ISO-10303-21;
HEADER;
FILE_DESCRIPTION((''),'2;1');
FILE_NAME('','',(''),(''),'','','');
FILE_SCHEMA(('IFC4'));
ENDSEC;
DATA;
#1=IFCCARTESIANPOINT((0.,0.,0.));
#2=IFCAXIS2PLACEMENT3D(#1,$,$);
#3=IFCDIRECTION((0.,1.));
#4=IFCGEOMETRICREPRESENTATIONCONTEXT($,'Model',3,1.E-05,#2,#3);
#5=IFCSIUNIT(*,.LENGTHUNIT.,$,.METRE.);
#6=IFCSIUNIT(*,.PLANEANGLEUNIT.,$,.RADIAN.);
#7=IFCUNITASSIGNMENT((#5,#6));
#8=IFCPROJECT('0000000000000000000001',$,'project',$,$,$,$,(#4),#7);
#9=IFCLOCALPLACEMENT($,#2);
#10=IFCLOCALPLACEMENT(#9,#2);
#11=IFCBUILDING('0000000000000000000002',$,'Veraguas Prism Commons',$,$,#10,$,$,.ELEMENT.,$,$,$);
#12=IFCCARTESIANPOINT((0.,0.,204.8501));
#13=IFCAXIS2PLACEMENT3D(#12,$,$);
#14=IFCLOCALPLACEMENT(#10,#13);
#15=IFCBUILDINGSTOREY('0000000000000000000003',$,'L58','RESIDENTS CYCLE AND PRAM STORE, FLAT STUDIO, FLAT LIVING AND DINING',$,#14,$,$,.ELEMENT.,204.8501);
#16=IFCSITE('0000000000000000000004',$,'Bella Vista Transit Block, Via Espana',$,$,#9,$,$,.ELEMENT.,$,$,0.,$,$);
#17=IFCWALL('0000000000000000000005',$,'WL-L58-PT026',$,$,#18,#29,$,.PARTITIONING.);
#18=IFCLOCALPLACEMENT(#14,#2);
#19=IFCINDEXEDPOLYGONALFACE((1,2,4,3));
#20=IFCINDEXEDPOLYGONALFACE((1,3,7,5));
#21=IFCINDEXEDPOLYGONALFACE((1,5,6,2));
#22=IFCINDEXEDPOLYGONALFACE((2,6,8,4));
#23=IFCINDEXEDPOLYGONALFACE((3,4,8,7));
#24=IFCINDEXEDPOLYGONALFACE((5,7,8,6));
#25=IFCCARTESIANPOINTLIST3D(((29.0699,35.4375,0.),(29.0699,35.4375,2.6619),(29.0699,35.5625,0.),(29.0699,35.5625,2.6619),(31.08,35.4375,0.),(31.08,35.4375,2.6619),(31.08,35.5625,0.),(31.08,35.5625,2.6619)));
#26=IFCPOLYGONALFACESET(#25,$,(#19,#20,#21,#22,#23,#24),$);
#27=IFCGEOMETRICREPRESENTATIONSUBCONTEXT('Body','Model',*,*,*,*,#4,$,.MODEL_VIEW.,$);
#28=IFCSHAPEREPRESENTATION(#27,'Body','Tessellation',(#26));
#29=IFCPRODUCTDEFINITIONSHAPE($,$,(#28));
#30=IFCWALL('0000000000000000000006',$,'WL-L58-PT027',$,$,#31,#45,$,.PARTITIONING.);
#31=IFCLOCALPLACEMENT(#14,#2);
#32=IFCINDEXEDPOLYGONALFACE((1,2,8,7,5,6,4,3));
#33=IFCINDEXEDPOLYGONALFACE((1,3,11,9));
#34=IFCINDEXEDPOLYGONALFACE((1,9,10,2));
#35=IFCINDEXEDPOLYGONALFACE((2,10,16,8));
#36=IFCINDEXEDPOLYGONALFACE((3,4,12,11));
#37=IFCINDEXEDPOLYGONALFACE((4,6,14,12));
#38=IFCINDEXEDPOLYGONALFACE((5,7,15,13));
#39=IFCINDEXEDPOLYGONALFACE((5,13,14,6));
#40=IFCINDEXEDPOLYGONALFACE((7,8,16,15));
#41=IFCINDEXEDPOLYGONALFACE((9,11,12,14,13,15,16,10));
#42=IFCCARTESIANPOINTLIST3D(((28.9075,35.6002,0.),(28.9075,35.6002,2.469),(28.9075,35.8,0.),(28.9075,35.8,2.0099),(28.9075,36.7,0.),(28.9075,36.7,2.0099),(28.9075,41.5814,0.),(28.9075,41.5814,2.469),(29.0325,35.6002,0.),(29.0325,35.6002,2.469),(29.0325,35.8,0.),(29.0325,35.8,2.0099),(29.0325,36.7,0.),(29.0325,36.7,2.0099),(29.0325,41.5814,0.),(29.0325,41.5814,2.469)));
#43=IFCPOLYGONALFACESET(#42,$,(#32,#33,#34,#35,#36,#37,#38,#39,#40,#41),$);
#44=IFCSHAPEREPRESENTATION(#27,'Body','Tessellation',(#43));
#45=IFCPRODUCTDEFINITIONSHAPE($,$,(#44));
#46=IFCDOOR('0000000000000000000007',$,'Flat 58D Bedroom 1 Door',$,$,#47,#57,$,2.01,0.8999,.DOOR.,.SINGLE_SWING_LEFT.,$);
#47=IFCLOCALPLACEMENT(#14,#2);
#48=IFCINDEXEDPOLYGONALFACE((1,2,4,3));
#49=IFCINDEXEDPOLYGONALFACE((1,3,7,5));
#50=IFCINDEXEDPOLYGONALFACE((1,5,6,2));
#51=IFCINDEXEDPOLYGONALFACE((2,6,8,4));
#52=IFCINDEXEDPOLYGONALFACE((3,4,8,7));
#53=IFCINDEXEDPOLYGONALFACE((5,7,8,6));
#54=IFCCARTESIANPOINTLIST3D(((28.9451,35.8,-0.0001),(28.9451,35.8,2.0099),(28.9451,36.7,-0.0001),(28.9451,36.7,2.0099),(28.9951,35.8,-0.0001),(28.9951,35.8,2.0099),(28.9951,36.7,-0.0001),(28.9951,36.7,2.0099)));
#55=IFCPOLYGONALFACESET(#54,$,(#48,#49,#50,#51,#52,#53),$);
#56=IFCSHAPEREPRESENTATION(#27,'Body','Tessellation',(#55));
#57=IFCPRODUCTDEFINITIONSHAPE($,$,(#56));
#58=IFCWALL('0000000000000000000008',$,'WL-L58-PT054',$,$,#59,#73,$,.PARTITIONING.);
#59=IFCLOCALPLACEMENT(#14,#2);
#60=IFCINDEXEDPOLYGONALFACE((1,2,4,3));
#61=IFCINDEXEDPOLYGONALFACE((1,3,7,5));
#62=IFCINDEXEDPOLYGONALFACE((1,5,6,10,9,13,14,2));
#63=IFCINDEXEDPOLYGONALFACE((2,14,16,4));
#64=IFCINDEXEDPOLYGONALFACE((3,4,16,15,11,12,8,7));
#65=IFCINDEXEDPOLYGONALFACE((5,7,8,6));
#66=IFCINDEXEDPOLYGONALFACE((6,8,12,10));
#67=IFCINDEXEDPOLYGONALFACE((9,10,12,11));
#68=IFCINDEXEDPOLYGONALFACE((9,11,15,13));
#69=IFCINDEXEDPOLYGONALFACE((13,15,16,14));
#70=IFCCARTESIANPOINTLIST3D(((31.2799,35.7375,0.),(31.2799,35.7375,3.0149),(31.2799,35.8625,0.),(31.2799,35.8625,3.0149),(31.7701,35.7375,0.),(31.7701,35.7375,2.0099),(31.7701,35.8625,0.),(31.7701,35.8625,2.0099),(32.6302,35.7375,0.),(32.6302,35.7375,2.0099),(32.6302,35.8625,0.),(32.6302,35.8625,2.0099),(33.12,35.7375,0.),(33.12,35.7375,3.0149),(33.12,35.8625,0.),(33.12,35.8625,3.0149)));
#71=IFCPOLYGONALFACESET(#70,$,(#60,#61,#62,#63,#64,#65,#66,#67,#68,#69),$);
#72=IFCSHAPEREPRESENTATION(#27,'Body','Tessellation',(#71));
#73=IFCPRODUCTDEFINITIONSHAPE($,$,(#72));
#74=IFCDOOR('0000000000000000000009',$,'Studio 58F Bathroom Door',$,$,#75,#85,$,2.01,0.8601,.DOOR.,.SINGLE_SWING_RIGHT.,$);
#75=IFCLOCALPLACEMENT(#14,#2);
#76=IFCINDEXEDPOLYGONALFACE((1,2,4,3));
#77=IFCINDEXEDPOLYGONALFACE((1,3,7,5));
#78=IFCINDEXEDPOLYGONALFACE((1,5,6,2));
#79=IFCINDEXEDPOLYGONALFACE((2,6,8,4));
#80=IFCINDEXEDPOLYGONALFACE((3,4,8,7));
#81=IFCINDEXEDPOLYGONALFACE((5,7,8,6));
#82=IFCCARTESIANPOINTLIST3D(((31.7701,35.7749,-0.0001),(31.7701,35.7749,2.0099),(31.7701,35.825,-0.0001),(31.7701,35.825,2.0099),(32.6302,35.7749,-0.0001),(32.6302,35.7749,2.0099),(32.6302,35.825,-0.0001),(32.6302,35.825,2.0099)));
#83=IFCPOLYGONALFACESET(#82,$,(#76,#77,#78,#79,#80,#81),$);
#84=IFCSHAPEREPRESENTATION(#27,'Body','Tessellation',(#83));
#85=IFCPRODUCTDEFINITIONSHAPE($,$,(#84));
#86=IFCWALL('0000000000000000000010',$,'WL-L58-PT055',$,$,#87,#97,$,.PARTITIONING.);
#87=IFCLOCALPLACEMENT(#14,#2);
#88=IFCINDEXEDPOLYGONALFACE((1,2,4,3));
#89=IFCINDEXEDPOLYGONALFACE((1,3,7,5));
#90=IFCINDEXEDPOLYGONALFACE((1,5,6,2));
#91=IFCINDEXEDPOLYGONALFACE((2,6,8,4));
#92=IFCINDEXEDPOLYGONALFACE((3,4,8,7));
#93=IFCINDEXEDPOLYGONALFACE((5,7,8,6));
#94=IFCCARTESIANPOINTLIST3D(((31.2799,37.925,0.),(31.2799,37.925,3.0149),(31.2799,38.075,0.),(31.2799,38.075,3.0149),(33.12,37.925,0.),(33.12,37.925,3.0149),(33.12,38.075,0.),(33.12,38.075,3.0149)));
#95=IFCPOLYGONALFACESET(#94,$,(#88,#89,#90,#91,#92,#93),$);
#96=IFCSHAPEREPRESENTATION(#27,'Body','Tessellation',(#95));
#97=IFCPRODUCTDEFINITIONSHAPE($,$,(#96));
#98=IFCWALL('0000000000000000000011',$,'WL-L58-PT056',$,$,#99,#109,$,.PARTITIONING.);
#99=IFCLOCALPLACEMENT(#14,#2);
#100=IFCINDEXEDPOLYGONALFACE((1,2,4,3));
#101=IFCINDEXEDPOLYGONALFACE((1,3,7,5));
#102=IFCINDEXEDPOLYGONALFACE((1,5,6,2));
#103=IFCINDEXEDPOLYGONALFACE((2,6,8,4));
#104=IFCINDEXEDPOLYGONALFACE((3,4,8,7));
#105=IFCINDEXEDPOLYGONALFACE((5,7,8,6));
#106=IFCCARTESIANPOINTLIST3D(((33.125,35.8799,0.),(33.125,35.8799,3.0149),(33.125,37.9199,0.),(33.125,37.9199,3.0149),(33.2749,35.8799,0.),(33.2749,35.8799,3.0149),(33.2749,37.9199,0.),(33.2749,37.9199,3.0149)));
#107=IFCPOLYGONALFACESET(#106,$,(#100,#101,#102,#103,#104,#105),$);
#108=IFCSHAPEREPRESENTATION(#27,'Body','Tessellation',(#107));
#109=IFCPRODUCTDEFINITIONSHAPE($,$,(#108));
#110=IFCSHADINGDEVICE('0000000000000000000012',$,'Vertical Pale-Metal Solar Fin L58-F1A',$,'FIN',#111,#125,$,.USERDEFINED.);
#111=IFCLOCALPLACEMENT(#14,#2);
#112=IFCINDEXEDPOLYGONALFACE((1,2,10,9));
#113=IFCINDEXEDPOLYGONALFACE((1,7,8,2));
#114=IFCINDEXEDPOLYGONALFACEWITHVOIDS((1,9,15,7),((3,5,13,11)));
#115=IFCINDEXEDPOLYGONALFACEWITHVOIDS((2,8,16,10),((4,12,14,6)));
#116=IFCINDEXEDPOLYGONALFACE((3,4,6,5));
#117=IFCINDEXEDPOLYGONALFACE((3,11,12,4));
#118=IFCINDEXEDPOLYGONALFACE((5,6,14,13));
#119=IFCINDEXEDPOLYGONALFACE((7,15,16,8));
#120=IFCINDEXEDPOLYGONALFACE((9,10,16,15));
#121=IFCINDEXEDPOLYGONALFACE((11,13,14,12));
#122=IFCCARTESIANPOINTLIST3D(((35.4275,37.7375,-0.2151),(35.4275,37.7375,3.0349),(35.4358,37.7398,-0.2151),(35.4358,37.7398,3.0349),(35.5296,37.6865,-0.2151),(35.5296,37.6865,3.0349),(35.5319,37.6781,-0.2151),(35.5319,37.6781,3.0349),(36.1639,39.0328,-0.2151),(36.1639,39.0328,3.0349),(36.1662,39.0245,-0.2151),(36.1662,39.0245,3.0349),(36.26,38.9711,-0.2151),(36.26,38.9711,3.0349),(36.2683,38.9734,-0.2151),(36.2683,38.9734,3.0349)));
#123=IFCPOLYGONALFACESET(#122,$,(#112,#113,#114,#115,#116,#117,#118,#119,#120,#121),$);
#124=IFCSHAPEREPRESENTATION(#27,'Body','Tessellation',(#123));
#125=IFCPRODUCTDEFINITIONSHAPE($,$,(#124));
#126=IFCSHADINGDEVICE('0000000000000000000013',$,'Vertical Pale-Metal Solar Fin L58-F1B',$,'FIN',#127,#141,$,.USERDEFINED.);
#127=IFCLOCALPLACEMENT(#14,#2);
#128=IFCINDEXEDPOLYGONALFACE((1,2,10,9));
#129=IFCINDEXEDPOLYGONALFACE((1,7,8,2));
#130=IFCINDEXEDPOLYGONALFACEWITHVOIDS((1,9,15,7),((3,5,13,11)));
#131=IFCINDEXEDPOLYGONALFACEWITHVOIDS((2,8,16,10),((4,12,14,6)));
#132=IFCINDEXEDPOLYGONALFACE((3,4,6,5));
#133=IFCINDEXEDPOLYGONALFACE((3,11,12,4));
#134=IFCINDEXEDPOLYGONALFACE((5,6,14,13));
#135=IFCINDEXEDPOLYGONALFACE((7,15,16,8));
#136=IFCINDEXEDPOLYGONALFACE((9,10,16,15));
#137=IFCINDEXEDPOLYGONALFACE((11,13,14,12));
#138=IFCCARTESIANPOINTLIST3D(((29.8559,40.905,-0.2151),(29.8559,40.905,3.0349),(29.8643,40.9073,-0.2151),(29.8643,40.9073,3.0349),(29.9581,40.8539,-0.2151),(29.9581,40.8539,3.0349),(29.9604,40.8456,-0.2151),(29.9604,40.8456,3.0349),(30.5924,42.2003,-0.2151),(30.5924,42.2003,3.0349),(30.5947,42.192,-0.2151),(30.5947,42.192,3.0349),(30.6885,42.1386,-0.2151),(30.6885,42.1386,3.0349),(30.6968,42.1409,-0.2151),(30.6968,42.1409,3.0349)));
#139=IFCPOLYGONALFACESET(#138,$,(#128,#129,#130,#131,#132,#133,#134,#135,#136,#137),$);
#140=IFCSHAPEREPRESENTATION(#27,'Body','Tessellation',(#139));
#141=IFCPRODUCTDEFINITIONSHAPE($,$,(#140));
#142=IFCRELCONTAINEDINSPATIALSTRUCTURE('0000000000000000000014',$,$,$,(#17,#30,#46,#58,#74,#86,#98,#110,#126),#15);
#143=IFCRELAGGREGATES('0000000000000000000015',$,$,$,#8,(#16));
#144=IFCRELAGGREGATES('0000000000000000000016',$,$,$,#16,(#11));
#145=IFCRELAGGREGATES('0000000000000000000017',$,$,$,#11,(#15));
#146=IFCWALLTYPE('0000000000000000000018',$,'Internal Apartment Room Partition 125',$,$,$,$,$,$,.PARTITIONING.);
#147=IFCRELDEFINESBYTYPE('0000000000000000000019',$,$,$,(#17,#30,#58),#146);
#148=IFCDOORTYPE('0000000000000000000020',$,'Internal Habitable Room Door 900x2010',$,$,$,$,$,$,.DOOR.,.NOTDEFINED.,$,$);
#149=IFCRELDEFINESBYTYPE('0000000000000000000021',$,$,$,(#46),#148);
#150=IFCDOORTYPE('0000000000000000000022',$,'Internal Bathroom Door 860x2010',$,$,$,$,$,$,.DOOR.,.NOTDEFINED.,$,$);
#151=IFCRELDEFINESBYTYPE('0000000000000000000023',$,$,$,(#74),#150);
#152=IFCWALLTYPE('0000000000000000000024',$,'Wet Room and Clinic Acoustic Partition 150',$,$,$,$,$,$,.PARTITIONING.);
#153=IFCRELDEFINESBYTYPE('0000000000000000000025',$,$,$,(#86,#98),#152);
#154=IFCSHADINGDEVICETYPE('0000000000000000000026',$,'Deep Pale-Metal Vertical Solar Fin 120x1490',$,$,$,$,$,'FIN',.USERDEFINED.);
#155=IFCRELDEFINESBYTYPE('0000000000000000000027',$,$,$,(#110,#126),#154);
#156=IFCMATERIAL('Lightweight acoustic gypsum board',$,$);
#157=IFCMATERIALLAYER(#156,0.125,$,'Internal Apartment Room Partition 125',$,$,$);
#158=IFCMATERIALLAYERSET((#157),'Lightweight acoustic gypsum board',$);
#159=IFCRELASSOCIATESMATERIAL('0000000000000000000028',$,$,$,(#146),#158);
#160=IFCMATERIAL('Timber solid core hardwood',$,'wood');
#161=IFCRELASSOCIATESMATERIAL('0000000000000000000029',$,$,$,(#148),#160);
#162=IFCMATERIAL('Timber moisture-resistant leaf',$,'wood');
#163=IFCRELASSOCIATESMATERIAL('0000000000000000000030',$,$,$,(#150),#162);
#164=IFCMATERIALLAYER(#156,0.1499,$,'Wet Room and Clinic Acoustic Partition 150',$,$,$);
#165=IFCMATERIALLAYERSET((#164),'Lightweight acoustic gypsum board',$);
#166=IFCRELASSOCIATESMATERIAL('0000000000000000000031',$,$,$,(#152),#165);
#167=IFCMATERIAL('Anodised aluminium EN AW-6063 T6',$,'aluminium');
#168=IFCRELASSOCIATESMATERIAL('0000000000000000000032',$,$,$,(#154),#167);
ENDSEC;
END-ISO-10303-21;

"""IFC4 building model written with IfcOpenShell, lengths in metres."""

from ifc_helpers import new_model, si_unit, direction, frame, frame_2d, origin, origin_2d, place, context, subcontext, project, spatial, rectangle, hollow_rectangle, extrude, source, transform, mapped, material, layer, layer_set, material_profile, profile_set, type_object, element, fill, save


model = new_model("IFC4")

# Units and contexts
model_context = context("Model", 3, precision=1e-05, world=origin(), true_north=direction((0.0, 1.0)))
body_context = subcontext(model_context, "Body", "Model", "MODEL_VIEW")
ifc_project = project(units=[si_unit("LENGTHUNIT", "METRE"), si_unit("PLANEANGLEUNIT", "RADIAN")], contexts=[model_context])

# Site, building, storey
site_placement = place(None, origin())
site = spatial("IfcSite", under=ifc_project, at=site_placement, Name="Bella Vista Transit Block, Via Espana", CompositionType="ELEMENT", RefElevation=0.0)
building_placement = place(site_placement, origin())
building = spatial("IfcBuilding", under=site, at=building_placement, Name="Veraguas Prism Commons", CompositionType="ELEMENT")
storey_placement = place(building_placement, frame((0.0, 0.0, 204.8501)))
storey = spatial("IfcBuildingStorey", under=building, at=storey_placement, Name="L58", Description="RESIDENTS CYCLE AND PRAM STORE, FLAT STUDIO, FLAT LIVING AND DINING", CompositionType="ELEMENT", Elevation=204.8501)

# Shared definitions
ifc_material_1 = material(Name="Anodised aluminium EN AW-6063 T6", Category="aluminium")

# Wall
ifc_material_2 = material(Name="Lightweight acoustic gypsum board")
ifc_layer_1 = layer(ifc_material_2, 0.125, Name="Internal Apartment Room Partition 125")
ifc_layer_set_1 = layer_set([ifc_layer_1], Name="Lightweight acoustic gypsum board")
wall_type_1 = type_object("IfcWallType", Name="Internal Apartment Room Partition 125", PredefinedType="PARTITIONING", material=ifc_layer_set_1)
wall_1_placement = place(storey_placement, frame((29.0701, 35.5, 0.0), z_axis=(0.0, 0.0, 1.0), x_axis=(1.0, 0.0, 0.0)))
element("IfcWall", 1, at=wall_1_placement, inside=storey, type_object=wall_type_1, Name="WL-L58-PT026", PredefinedType="PARTITIONING", context=body_context, shape_type="SweptSolid", body=[
    extrude(rectangle(XDim=2.01, YDim=0.125, at=frame_2d((1.0049, 0.0))), origin(), (0.0, 0.0, 1.0), 2.6619),
])

# Walls, openings, doors
wall_2_placement = place(storey_placement, frame((28.97, 35.6001, 0.0), z_axis=(0.0, 0.0, 1.0), x_axis=(0.0, 1.0, 0.0)))
wall_2 = element("IfcWall", 2, at=wall_2_placement, inside=storey, type_object=wall_type_1, Name="WL-L58-PT027", PredefinedType="PARTITIONING", context=body_context, shape_type="SweptSolid", body=[
    extrude(rectangle(XDim=5.9812, YDim=0.125, at=frame_2d((2.9907, 0.0))), origin(), (0.0, 0.0, 1.0), 2.469),
])
opening_1_placement = place(wall_2_placement, frame((0.2, 0.0, 0.0)))
opening_1 = element("IfcOpeningElement", 3, at=opening_1_placement, cuts=wall_2, PredefinedType="OPENING", context=body_context, shape_type="SweptSolid", body=[
    extrude(rectangle(XDim=0.8999, YDim=2.01, at=frame_2d((0.45, 1.0049))), frame((0.0, 0.0725, 0.0), z_axis=(0.0, -1.0, 0.0), x_axis=(1.0, 0.0, 0.0)), (0.0, 0.0, 1.0), 0.145),
])
ifc_material_3 = material(Name="Timber solid core hardwood", Category="wood")
door_type_1 = type_object("IfcDoorType", Name="Internal Habitable Room Door 900x2010", OperationType="NOTDEFINED", PredefinedType="DOOR", material=ifc_material_3)
shared_shape_1 = source(origin(), body_context, "Body", "SweptSolid", [
    extrude(rectangle(XDim=0.8999, YDim=2.01, at=frame_2d((0.45, 1.0049))), frame((0.0, 0.0249, 0.0), z_axis=(0.0, -1.0, 0.0), x_axis=(1.0, 0.0, 0.0)), (0.0, 0.0, 1.0), 0.05),
])
door_1_placement = place(opening_1_placement, origin())
door_1 = element("IfcDoor", 4, at=door_1_placement, inside=storey, type_object=door_type_1, Name="Flat 58D Bedroom 1 Door", OperationType="SINGLE_SWING_LEFT", OverallHeight=2.01, OverallWidth=0.8999, PredefinedType="DOOR", context=body_context, shape_type="MappedRepresentation", body=[
    mapped(shared_shape_1, transform((0.0, 0.0, 0.0), scale=1.0)),
])
fill(opening_1, door_1)
wall_3_placement = place(storey_placement, frame((31.28, 35.8, 0.0), z_axis=(0.0, 0.0, 1.0), x_axis=(1.0, 0.0, 0.0)))
wall_3 = element("IfcWall", 5, at=wall_3_placement, inside=storey, type_object=wall_type_1, Name="WL-L58-PT054", PredefinedType="PARTITIONING", context=body_context, shape_type="SweptSolid", body=[
    extrude(rectangle(XDim=1.8401, YDim=0.125, at=frame_2d((0.9199, 0.0))), origin(), (0.0, 0.0, 1.0), 3.0149),
])
opening_2_placement = place(wall_3_placement, frame((0.49, 0.0, 0.0)))
opening_2 = element("IfcOpeningElement", 6, at=opening_2_placement, cuts=wall_3, PredefinedType="OPENING", context=body_context, shape_type="SweptSolid", body=[
    extrude(rectangle(XDim=0.8601, YDim=2.01, at=frame_2d((0.4302, 1.0049))), frame((0.0, 0.0725, 0.0), z_axis=(0.0, -1.0, 0.0), x_axis=(1.0, 0.0, 0.0)), (0.0, 0.0, 1.0), 0.145),
])
ifc_material_4 = material(Name="Timber moisture-resistant leaf", Category="wood")
door_type_2 = type_object("IfcDoorType", Name="Internal Bathroom Door 860x2010", OperationType="NOTDEFINED", PredefinedType="DOOR", material=ifc_material_4)
shared_shape_2 = source(origin(), body_context, "Body", "SweptSolid", [
    extrude(rectangle(XDim=0.8601, YDim=2.01, at=frame_2d((0.4302, 1.0049))), frame((0.0, 0.0249, 0.0), z_axis=(0.0, -1.0, 0.0), x_axis=(1.0, 0.0, 0.0)), (0.0, 0.0, 1.0), 0.05),
])
door_2_placement = place(opening_2_placement, origin())
door_2 = element("IfcDoor", 7, at=door_2_placement, inside=storey, type_object=door_type_2, Name="Studio 58F Bathroom Door", OperationType="SINGLE_SWING_RIGHT", OverallHeight=2.01, OverallWidth=0.8601, PredefinedType="DOOR", context=body_context, shape_type="MappedRepresentation", body=[
    mapped(shared_shape_2, transform((0.0, 0.0, 0.0), scale=1.0)),
])
fill(opening_2, door_2)

# Walls
ifc_layer_2 = layer(ifc_material_2, 0.1499, Name="Wet Room and Clinic Acoustic Partition 150")
ifc_layer_set_2 = layer_set([ifc_layer_2], Name="Lightweight acoustic gypsum board")
wall_type_2 = type_object("IfcWallType", Name="Wet Room and Clinic Acoustic Partition 150", PredefinedType="PARTITIONING", material=ifc_layer_set_2)
wall_4_placement = place(storey_placement, frame((31.28, 38.0, 0.0), z_axis=(0.0, 0.0, 1.0), x_axis=(1.0, 0.0, 0.0)))
element("IfcWall", 8, at=wall_4_placement, inside=storey, type_object=wall_type_2, Name="WL-L58-PT055", PredefinedType="PARTITIONING", context=body_context, shape_type="SweptSolid", body=[
    extrude(rectangle(XDim=1.8401, YDim=0.1499, at=frame_2d((0.9199, 0.0))), origin(), (0.0, 0.0, 1.0), 3.0149),
])
wall_5_placement = place(storey_placement, frame((33.2, 35.8799, 0.0), z_axis=(0.0, 0.0, 1.0), x_axis=(0.0, 1.0, 0.0)))
element("IfcWall", 9, at=wall_5_placement, inside=storey, type_object=wall_type_2, Name="WL-L58-PT056", PredefinedType="PARTITIONING", context=body_context, shape_type="SweptSolid", body=[
    extrude(rectangle(XDim=2.04, YDim=0.1499, at=frame_2d((1.02, 0.0))), origin(), (0.0, 0.0, 1.0), 3.0149),
])

# Shading devices
ifc_material_profile_1 = material_profile(ifc_material_1, hollow_rectangle(XDim=0.1201, YDim=1.49, WallThickness=0.0061, at=origin_2d()), Name="FIN120X1490X6")
ifc_profile_set_1 = profile_set([ifc_material_profile_1], Name="Anodised aluminium EN AW-6063 T6")
shading_device_type = type_object("IfcShadingDeviceType", Name="Deep Pale-Metal Vertical Solar Fin 120x1490", ElementType="FIN", PredefinedType="USERDEFINED", material=ifc_profile_set_1)
for number, where, z_axis, x_axis, name in (
    (10, (35.8479, 38.3555, -0.2151), (0.0, 0.0, 1.0), (-0.869322, 0.494247, 0.0), "Vertical Pale-Metal Solar Fin L58-F1A"),
    (11, (30.2764, 41.5229, -0.2151), (0.0, 0.0, 1.0), (-0.869322, 0.494247, 0.0), "Vertical Pale-Metal Solar Fin L58-F1B"),
):
    element("IfcShadingDevice", number, at=place(storey_placement, frame(where, z_axis=z_axis, x_axis=x_axis)), inside=storey, type_object=shading_device_type, Name=name, ObjectType="FIN", PredefinedType="USERDEFINED", context=body_context, shape_type="SweptSolid", body=[
        extrude(hollow_rectangle(XDim=0.1201, YDim=1.49, WallThickness=0.0061, at=origin_2d()), origin(), (0.0, 0.0, 1.0), 3.25),
    ])

save(model, "model.ifc")
